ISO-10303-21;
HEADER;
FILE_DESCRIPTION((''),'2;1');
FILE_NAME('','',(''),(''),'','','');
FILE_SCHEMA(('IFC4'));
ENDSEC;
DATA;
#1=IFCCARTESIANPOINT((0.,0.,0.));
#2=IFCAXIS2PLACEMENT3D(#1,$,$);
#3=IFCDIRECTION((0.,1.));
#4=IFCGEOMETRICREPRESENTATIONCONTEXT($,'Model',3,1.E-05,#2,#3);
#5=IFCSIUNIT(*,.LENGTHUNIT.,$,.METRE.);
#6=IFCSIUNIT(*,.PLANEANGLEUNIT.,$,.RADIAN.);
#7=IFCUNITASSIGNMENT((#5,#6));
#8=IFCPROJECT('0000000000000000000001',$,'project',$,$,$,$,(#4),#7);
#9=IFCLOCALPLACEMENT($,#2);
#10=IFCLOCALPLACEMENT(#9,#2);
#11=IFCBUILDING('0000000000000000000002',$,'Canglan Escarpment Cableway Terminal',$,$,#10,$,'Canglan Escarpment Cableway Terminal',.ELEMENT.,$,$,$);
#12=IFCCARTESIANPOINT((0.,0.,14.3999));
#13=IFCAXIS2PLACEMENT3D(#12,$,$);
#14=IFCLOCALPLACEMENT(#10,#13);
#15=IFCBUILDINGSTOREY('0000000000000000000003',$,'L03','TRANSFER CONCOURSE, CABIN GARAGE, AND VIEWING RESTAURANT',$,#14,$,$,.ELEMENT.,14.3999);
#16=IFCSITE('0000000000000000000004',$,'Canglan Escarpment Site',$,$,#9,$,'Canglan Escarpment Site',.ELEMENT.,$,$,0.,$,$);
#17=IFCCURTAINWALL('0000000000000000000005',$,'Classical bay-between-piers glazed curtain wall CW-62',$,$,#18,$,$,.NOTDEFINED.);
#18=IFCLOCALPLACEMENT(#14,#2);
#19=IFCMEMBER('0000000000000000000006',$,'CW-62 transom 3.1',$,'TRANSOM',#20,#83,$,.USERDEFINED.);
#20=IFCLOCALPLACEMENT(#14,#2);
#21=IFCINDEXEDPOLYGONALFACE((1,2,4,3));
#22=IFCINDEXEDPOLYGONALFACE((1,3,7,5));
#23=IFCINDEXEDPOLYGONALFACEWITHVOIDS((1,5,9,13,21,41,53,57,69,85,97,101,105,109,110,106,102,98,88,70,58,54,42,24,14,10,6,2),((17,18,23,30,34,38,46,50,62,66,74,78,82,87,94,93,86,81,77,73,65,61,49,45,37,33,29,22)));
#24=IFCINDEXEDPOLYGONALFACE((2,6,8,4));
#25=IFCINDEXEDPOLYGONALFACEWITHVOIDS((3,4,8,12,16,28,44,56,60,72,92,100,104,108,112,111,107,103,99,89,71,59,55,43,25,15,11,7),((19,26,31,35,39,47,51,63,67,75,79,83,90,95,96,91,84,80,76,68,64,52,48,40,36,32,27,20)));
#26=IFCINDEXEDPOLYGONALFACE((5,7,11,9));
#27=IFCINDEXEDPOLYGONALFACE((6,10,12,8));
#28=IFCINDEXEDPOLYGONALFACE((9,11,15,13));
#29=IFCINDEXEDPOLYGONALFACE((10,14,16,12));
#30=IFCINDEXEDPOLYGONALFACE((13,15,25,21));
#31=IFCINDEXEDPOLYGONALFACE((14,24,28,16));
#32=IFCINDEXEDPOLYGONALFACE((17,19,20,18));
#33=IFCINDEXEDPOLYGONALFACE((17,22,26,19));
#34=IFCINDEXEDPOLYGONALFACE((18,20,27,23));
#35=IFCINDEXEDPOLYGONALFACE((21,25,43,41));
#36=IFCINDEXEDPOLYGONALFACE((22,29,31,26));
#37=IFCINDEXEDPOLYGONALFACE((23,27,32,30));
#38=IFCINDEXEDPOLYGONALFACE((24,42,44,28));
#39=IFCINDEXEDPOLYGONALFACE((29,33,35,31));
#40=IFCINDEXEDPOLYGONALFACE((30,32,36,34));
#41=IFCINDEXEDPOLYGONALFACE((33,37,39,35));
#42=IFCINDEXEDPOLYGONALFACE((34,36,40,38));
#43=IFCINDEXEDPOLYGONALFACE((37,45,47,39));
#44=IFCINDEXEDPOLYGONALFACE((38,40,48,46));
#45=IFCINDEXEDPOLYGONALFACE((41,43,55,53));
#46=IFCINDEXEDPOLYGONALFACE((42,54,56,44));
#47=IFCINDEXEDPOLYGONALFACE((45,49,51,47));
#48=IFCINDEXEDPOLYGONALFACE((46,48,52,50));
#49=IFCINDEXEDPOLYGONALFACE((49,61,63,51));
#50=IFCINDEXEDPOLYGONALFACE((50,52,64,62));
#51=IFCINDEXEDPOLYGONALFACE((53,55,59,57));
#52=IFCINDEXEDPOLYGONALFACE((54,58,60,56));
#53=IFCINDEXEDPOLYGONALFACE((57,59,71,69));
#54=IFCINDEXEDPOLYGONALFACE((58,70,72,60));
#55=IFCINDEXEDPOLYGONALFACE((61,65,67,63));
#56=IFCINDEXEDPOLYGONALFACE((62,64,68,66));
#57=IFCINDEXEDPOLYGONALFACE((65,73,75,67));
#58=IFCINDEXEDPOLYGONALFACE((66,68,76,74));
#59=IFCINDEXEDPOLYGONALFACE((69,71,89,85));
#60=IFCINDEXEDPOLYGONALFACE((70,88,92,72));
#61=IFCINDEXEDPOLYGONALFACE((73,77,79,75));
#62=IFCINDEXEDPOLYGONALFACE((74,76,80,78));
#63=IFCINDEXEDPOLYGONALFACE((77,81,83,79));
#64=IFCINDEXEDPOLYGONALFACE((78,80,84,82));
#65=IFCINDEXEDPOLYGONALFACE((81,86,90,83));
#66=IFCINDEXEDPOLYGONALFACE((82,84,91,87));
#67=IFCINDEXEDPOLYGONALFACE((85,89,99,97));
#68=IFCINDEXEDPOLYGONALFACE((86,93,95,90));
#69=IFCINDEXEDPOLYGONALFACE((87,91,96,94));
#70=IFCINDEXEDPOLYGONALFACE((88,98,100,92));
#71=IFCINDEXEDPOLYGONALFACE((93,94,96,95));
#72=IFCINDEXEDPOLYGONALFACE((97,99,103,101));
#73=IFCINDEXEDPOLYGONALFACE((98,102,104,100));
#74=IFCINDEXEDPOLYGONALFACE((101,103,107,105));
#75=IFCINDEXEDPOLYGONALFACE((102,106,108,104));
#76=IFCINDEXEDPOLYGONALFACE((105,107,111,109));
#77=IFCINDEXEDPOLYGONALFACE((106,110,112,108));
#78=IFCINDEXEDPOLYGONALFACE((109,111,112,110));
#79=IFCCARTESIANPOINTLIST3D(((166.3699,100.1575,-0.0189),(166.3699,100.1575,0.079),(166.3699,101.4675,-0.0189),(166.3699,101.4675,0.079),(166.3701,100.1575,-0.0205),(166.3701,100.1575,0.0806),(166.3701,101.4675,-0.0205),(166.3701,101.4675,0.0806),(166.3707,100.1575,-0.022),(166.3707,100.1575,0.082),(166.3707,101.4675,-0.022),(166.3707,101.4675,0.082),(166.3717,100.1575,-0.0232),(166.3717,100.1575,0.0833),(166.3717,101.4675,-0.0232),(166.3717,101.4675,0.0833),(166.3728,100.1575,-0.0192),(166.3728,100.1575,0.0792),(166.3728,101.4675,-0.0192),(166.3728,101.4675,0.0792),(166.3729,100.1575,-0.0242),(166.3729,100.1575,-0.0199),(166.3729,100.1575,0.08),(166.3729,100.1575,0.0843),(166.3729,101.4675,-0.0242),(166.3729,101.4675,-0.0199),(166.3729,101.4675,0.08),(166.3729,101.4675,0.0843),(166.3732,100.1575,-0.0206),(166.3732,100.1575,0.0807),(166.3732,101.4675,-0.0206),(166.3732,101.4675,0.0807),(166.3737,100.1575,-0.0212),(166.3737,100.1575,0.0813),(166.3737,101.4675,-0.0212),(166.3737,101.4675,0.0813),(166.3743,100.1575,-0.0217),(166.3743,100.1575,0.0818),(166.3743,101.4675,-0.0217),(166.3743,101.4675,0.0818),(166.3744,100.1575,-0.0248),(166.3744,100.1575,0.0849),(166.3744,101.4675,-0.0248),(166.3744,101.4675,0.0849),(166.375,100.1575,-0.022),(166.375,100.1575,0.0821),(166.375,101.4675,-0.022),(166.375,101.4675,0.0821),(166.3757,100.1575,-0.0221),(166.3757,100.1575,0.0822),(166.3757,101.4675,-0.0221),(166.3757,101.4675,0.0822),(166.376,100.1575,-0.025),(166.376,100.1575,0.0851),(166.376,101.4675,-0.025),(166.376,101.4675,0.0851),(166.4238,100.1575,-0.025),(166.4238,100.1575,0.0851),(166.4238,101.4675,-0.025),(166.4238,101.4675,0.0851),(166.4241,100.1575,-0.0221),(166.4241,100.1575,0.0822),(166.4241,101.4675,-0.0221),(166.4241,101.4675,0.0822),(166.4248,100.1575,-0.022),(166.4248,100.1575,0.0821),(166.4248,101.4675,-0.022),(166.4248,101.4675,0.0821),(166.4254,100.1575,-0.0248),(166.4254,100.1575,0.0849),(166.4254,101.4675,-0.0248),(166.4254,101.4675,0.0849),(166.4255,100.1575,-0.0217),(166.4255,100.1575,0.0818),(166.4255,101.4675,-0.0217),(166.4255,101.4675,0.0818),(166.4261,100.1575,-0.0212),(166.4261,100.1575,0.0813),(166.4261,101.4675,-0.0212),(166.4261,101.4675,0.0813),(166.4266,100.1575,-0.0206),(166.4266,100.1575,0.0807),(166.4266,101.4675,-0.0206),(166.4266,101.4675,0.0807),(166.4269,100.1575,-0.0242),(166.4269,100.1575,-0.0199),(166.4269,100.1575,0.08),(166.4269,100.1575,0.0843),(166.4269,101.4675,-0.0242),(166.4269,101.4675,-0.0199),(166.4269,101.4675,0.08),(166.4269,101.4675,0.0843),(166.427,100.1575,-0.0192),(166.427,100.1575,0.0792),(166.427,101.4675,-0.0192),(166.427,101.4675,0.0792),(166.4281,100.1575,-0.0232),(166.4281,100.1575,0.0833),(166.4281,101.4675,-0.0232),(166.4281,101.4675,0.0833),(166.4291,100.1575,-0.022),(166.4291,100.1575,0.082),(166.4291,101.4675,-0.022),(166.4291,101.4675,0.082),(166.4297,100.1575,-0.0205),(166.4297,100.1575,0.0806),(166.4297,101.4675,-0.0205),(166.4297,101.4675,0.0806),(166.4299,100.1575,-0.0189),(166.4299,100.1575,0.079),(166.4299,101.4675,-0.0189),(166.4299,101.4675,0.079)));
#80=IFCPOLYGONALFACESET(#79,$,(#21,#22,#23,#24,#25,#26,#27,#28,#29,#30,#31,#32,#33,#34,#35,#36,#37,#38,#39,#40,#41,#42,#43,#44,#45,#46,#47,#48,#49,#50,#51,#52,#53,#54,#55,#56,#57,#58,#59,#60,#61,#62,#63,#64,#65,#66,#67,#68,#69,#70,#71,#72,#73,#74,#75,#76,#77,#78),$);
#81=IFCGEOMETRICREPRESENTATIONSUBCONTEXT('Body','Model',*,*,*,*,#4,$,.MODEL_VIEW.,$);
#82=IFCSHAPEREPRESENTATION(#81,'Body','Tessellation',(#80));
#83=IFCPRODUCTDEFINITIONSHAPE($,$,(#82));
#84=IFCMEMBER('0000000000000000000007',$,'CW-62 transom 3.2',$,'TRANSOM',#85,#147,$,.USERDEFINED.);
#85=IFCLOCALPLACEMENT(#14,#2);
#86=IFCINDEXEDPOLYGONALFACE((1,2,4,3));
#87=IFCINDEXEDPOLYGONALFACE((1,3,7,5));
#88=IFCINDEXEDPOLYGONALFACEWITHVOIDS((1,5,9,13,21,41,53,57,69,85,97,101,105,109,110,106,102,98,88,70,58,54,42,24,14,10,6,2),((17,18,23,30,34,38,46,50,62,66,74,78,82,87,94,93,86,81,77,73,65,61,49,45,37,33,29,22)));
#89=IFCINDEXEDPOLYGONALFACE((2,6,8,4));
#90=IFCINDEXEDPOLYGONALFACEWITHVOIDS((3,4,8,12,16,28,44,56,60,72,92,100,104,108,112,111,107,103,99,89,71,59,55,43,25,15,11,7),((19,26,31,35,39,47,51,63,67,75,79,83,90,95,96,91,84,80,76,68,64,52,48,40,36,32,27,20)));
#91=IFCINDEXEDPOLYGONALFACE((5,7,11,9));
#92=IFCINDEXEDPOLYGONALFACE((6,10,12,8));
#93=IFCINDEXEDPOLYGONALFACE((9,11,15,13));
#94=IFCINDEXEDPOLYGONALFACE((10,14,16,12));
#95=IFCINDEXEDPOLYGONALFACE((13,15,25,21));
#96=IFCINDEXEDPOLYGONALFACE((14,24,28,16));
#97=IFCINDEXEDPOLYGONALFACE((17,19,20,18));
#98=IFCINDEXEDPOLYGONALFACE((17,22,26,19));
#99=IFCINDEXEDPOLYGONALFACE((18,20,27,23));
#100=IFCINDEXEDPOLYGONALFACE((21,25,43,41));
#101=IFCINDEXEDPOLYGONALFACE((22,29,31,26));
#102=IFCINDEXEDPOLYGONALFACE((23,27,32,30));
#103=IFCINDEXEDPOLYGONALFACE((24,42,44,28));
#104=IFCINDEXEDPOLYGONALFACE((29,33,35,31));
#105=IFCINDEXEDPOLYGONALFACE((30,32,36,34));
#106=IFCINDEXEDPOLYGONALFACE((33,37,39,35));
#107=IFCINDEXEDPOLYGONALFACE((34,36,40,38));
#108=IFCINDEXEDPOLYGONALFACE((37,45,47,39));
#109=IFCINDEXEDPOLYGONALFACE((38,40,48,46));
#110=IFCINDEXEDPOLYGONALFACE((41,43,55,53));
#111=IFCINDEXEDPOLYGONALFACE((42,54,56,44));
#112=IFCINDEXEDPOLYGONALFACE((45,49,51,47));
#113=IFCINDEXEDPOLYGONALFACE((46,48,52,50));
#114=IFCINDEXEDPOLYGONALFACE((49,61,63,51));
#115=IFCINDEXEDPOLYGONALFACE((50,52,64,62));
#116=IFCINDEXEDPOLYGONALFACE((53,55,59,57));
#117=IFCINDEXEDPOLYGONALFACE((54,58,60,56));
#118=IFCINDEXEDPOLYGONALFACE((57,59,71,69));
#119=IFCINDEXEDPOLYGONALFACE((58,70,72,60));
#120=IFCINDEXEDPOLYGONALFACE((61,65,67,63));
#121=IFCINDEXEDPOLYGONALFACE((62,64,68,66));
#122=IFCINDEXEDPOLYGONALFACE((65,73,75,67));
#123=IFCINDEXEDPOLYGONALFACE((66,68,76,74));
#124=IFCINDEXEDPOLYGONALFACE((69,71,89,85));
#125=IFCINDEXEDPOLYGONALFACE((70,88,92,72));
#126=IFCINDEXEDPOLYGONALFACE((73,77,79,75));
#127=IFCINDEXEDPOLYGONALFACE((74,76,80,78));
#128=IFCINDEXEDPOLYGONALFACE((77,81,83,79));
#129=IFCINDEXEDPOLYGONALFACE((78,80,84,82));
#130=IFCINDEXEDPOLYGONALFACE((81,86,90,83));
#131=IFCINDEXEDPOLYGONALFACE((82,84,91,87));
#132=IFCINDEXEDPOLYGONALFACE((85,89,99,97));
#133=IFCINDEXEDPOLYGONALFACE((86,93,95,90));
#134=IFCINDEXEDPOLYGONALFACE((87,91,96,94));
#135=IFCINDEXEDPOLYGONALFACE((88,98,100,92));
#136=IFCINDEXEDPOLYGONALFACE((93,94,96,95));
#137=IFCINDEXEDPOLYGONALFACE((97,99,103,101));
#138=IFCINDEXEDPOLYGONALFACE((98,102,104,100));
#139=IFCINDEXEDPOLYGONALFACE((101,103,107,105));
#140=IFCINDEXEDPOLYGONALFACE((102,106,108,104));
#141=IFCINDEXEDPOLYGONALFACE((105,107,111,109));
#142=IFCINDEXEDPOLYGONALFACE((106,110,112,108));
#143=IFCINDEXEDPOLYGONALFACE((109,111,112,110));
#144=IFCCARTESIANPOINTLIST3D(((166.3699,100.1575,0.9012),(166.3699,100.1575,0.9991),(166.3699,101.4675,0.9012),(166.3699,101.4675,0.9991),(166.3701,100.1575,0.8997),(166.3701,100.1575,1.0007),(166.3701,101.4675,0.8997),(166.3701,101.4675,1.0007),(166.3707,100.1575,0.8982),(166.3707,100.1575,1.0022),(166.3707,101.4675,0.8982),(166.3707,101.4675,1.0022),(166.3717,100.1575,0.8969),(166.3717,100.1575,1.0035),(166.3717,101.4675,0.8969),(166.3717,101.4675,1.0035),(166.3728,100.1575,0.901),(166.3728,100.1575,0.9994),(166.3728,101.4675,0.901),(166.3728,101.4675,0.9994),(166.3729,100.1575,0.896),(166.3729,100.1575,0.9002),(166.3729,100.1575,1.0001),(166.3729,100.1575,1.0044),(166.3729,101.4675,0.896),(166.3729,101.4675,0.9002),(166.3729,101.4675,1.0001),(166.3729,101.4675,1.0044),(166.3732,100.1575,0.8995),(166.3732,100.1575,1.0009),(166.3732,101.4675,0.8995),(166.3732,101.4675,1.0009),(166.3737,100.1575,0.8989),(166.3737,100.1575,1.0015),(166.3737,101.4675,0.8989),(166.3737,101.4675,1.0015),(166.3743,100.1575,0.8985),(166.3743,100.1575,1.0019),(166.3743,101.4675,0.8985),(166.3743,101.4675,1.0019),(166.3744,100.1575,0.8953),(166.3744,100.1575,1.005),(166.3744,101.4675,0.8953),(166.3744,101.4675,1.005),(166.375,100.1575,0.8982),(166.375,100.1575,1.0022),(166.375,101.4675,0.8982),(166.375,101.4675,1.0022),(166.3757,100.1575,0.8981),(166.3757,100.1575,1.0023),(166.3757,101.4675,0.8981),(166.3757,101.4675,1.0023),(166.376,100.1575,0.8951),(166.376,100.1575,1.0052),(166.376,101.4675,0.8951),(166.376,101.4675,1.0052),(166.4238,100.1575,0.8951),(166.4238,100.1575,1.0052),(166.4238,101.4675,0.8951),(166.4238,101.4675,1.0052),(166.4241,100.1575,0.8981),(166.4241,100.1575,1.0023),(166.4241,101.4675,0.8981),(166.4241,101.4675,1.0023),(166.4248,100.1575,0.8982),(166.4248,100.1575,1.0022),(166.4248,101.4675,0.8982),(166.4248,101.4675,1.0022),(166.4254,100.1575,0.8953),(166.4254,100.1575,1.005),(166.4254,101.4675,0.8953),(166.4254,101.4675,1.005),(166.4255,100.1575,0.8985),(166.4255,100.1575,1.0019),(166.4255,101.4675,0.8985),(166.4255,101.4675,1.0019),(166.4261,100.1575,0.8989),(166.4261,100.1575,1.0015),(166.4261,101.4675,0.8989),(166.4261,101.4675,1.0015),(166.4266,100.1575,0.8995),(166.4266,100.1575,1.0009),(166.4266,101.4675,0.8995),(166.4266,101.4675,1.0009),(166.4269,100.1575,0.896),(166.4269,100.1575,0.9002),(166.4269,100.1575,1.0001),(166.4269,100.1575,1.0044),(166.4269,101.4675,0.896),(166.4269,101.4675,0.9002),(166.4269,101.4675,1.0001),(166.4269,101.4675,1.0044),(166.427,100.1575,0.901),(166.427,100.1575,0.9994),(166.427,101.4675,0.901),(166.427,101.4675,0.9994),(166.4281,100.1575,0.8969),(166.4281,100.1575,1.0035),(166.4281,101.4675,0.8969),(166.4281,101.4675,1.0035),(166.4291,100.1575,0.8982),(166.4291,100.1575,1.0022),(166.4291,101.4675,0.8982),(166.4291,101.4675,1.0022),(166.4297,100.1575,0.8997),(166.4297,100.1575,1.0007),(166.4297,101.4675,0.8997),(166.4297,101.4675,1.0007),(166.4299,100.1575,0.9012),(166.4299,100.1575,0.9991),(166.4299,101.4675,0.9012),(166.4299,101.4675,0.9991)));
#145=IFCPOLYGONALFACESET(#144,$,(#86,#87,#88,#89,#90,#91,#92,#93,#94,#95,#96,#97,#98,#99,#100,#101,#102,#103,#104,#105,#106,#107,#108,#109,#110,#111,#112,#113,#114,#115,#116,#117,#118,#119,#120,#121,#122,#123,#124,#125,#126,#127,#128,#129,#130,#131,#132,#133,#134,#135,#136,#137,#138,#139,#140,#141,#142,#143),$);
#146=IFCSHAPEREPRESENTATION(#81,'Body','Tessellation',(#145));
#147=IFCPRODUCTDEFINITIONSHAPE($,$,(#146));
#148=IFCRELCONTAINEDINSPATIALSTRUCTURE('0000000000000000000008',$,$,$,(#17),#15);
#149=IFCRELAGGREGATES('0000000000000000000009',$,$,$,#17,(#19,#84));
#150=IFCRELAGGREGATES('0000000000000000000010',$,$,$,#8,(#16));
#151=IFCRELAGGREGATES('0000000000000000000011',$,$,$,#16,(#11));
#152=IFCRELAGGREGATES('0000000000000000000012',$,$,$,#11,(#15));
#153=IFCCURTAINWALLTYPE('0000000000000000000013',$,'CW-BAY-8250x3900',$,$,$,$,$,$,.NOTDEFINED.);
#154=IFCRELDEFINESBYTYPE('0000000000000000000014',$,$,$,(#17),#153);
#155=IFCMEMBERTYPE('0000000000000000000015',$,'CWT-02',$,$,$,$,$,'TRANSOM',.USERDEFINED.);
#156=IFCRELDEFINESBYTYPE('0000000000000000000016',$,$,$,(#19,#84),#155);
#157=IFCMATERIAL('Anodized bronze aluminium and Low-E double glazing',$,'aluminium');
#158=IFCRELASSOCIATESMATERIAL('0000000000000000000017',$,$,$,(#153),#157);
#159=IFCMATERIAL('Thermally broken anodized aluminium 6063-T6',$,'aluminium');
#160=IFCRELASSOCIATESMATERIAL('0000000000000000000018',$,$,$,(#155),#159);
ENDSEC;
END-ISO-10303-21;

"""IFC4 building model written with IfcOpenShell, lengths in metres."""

from ifc_helpers import new_model, si_unit, direction, frame, origin, origin_2d, place, context, subcontext, project, spatial, hollow_rectangle, extrude, material, material_profile, profile_set, type_object, element, aggregate, save


model = new_model("IFC4")

# Units and contexts
model_context = context("Model", 3, precision=1e-05, world=origin(), true_north=direction((0.0, 1.0)))
body_context = subcontext(model_context, "Body", "Model", "MODEL_VIEW")
ifc_project = project(units=[si_unit("LENGTHUNIT", "METRE"), si_unit("PLANEANGLEUNIT", "RADIAN")], contexts=[model_context])

# Site, building, storey
site_placement = place(None, origin())
site = spatial("IfcSite", under=ifc_project, at=site_placement, Name="Canglan Escarpment Site", LongName="Canglan Escarpment Site", CompositionType="ELEMENT", RefElevation=0.0)
building_placement = place(site_placement, origin())
building = spatial("IfcBuilding", under=site, at=building_placement, Name="Canglan Escarpment Cableway Terminal", LongName="Canglan Escarpment Cableway Terminal", CompositionType="ELEMENT")
storey_placement = place(building_placement, frame((0.0, 0.0, 14.3999)))
storey = spatial("IfcBuildingStorey", under=building, at=storey_placement, Name="L03", Description="TRANSFER CONCOURSE, CABIN GARAGE, AND VIEWING RESTAURANT", CompositionType="ELEMENT", Elevation=14.3999)

# Curtain wall, members
ifc_material_1 = material(Name="Anodized bronze aluminium and Low-E double glazing", Category="aluminium")
curtain_wall_type = type_object("IfcCurtainWallType", Name="CW-BAY-8250x3900", PredefinedType="NOTDEFINED", material=ifc_material_1)
curtain_wall_placement = place(storey_placement, origin())
curtain_wall = element("IfcCurtainWall", 1, at=curtain_wall_placement, inside=storey, type_object=curtain_wall_type, Name="Classical bay-between-piers glazed curtain wall CW-62", PredefinedType="NOTDEFINED")
ifc_material_2 = material(Name="Thermally broken anodized aluminium 6063-T6", Category="aluminium")
ifc_material_profile_1 = material_profile(ifc_material_2, hollow_rectangle(XDim=0.0601, YDim=0.1101, WallThickness=0.0029, InnerFilletRadius=0.0029, OuterFilletRadius=0.0061, at=origin_2d()), Name="ALU-TRAN 60x110x3")
ifc_profile_set_1 = profile_set([ifc_material_profile_1], Name="Thermally broken anodized aluminium 6063-T6")
member_type_1 = type_object("IfcMemberType", Name="CWT-02", ElementType="TRANSOM", PredefinedType="USERDEFINED", material=ifc_profile_set_1)
member_1_placement = place(storey_placement, frame((166.3999, 100.1575, 0.03), z_axis=(0.0, 1.0, 0.0), x_axis=(-1.0, 0.0, 0.0)))
member_1 = element("IfcMember", 2, at=member_1_placement, type_object=member_type_1, Name="CW-62 transom 3.1", ObjectType="TRANSOM", PredefinedType="USERDEFINED", context=body_context, shape_type="SweptSolid", body=[
    extrude(hollow_rectangle(XDim=0.0601, YDim=0.1101, WallThickness=0.0029, InnerFilletRadius=0.0029, OuterFilletRadius=0.0061, at=origin_2d()), origin(), (0.0, 0.0, 1.0), 1.3101),
])
member_2_placement = place(storey_placement, frame((166.3999, 100.1575, 0.9502), z_axis=(0.0, 1.0, 0.0), x_axis=(-1.0, 0.0, 0.0)))
member_2 = element("IfcMember", 3, at=member_2_placement, type_object=member_type_1, Name="CW-62 transom 3.2", ObjectType="TRANSOM", PredefinedType="USERDEFINED", context=body_context, shape_type="SweptSolid", body=[
    extrude(hollow_rectangle(XDim=0.0601, YDim=0.1101, WallThickness=0.0029, InnerFilletRadius=0.0029, OuterFilletRadius=0.0061, at=origin_2d()), origin(), (0.0, 0.0, 1.0), 1.3101),
])
aggregate(curtain_wall, [member_1, member_2])

save(model, "model.ifc")
